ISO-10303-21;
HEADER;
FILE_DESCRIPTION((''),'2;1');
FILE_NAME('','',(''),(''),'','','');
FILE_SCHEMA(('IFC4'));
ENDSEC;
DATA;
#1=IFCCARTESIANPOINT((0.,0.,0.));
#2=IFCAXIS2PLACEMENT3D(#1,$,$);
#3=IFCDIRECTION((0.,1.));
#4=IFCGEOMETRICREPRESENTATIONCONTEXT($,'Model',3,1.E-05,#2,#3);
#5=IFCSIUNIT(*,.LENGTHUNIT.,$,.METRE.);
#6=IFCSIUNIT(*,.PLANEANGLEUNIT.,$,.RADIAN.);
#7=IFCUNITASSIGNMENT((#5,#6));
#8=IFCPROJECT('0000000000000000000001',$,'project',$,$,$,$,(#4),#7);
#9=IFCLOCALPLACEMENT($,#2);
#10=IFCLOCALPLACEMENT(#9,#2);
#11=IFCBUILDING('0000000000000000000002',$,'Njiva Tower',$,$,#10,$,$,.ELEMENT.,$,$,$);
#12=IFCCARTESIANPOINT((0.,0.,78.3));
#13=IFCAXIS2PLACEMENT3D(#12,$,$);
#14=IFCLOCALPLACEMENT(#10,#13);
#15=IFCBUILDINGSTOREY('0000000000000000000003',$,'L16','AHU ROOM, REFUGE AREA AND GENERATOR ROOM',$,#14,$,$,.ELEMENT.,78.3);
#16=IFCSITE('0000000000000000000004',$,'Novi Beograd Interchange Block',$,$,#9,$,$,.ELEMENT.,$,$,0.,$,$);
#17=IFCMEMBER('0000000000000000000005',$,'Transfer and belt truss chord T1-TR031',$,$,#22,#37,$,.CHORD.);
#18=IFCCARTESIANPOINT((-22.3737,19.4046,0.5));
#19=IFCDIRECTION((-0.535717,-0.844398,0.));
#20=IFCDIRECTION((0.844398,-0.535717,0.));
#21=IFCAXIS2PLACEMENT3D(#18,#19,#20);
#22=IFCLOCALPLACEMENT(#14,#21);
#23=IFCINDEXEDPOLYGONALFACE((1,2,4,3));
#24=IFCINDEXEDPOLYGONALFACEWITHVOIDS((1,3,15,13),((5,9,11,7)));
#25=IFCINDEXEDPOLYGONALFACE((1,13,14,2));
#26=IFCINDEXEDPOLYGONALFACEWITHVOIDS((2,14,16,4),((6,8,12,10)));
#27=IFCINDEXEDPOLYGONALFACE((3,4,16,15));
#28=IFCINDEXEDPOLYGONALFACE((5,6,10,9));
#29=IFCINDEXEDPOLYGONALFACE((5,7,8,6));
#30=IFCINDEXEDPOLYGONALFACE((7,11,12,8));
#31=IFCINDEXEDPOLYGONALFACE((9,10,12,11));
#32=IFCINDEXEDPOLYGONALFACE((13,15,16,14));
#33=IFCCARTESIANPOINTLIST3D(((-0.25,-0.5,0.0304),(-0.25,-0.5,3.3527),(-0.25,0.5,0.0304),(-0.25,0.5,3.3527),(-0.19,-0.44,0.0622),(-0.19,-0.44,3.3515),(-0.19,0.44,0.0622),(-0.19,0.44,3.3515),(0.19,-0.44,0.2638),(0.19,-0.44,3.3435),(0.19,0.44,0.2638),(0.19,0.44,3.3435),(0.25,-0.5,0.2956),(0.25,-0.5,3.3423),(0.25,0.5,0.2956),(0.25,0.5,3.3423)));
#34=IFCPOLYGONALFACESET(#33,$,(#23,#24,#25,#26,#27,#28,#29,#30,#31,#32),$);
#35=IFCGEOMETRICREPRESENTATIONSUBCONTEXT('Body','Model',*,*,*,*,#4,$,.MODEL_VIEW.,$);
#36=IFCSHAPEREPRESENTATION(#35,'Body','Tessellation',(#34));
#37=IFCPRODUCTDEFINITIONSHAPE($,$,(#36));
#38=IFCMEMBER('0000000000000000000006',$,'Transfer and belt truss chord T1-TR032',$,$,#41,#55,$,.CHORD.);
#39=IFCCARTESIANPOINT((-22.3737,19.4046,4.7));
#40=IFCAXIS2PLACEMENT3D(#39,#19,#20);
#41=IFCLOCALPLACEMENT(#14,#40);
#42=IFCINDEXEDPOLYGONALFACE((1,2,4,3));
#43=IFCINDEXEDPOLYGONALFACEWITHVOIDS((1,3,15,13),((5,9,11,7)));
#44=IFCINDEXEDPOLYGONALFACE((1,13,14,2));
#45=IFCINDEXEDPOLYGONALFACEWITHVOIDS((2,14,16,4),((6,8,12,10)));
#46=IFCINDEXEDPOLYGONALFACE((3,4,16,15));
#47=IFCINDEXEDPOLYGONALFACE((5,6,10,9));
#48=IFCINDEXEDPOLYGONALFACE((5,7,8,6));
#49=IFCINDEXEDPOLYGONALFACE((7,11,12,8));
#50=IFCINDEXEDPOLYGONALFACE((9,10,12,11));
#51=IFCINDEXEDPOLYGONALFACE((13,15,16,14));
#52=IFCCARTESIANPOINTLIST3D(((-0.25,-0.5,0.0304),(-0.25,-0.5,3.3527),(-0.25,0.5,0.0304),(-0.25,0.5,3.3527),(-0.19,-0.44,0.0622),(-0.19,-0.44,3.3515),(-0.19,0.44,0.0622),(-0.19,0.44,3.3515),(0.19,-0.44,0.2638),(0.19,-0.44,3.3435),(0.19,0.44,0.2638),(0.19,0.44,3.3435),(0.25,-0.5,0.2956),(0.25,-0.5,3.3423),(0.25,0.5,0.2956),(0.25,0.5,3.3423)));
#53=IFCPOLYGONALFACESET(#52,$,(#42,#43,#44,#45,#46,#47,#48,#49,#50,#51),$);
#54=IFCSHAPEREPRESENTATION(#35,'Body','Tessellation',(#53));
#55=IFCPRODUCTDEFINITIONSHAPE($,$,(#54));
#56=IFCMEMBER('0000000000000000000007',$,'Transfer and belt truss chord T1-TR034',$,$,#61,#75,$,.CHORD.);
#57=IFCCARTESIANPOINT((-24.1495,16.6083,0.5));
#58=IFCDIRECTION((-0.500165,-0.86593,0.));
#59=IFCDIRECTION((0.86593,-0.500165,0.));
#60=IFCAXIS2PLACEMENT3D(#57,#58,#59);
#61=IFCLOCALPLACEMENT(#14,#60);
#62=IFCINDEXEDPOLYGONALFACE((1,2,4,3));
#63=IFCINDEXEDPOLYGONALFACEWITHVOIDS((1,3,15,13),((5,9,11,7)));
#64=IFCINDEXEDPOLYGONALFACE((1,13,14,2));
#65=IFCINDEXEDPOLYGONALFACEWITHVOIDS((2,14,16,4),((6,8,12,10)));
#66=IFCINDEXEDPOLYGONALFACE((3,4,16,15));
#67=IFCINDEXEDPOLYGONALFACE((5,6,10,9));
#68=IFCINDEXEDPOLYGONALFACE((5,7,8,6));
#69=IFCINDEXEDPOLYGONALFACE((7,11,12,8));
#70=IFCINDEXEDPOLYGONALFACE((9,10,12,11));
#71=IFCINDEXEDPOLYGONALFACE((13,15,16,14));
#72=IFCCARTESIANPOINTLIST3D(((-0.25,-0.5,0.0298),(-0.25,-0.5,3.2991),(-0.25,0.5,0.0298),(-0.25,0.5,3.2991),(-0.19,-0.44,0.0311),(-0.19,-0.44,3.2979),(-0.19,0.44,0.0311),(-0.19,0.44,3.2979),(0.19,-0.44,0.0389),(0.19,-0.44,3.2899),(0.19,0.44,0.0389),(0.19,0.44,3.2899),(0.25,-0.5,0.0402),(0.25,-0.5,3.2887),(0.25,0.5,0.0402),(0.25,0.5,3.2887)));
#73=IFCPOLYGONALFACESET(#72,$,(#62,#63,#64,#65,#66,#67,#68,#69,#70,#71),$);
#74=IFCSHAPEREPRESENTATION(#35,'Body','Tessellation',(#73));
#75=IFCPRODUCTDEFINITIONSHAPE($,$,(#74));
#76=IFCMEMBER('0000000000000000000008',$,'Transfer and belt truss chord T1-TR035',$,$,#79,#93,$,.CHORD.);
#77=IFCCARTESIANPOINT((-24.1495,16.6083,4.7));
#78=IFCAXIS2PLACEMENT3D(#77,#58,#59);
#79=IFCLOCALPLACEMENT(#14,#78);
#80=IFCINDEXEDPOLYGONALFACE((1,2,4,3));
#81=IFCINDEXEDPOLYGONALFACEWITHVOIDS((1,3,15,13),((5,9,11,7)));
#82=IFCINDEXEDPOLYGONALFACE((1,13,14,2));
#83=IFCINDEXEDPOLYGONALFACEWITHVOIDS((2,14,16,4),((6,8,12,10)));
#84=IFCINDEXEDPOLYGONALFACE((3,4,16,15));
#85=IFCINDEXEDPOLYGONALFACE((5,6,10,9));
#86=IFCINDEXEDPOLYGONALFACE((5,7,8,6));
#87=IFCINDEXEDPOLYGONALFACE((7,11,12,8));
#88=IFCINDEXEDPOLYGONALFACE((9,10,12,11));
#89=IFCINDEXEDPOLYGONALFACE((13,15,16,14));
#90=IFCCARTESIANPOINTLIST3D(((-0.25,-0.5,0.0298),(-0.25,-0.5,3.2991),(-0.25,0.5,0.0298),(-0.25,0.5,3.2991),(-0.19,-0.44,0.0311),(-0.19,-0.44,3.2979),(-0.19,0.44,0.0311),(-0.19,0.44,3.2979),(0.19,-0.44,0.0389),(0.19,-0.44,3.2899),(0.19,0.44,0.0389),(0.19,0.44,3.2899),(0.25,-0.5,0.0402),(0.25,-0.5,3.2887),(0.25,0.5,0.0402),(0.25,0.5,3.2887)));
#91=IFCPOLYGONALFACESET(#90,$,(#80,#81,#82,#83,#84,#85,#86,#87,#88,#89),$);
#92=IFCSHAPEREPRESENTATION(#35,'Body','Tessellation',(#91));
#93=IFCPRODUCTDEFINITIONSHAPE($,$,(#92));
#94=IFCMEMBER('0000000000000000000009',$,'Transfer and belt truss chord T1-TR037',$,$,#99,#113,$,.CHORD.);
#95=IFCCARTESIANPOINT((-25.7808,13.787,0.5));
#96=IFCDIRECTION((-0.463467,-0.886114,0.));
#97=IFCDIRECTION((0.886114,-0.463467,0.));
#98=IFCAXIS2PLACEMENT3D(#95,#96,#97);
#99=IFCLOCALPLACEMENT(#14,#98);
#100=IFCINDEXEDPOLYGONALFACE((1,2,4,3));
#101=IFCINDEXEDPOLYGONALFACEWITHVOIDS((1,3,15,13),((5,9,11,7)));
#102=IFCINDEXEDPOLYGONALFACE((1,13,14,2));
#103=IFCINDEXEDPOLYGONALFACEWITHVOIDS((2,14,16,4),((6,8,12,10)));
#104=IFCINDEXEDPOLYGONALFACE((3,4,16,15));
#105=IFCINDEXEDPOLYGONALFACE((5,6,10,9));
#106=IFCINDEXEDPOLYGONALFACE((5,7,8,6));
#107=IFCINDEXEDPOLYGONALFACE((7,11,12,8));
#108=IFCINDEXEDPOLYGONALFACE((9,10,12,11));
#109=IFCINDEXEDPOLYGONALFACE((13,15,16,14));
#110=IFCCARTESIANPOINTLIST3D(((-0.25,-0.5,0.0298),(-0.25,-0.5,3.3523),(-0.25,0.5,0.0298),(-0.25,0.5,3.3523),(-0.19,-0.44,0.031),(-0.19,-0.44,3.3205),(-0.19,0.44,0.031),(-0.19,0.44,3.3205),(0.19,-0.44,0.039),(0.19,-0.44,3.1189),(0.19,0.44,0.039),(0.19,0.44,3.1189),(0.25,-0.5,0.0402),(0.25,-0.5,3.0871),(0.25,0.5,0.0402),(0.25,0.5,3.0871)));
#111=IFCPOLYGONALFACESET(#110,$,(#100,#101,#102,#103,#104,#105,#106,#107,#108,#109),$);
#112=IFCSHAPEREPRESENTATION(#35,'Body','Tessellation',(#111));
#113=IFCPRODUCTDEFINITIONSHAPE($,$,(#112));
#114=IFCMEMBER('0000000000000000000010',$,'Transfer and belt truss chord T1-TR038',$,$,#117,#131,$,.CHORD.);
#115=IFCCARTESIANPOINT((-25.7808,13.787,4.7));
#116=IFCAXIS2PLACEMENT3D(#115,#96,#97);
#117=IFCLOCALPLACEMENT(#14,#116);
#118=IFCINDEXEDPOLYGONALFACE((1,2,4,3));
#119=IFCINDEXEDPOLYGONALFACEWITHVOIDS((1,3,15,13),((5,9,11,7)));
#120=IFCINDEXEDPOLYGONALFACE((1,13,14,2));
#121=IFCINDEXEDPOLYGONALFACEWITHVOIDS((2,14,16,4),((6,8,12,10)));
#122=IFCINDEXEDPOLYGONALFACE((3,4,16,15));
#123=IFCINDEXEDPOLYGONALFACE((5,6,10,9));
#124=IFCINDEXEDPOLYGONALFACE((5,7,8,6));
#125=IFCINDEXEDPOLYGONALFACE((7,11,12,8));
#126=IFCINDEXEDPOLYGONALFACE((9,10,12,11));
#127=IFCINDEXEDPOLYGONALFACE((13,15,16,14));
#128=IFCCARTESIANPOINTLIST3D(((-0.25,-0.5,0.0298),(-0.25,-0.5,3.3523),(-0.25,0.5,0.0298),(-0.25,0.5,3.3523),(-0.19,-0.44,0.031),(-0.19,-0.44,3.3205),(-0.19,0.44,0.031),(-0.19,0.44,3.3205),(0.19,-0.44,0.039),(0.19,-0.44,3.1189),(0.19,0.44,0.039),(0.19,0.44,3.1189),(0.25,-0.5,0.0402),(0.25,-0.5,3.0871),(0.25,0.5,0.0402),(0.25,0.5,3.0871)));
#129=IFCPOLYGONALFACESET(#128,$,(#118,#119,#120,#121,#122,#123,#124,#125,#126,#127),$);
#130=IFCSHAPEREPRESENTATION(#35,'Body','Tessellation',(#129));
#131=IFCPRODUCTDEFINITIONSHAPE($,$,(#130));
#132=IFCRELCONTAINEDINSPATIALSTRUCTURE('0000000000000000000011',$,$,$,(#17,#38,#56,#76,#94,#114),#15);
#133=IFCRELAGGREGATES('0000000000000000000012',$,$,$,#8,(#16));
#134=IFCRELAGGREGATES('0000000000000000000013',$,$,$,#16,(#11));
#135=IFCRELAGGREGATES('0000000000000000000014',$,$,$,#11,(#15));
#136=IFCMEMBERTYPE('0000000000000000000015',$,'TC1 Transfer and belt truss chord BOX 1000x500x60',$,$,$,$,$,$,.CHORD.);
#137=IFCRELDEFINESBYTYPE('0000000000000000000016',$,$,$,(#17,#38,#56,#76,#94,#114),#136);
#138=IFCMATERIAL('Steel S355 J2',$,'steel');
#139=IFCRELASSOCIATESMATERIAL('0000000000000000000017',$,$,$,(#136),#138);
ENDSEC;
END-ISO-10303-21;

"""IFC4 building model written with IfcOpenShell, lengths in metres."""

from ifc_helpers import new_model, si_unit, direction, frame, origin, origin_2d, place, context, subcontext, project, spatial, hollow_rectangle, extrude, clip, halfspace, material, material_profile, profile_set, type_object, element, save


model = new_model("IFC4")

# Units and contexts
model_context = context("Model", 3, precision=1e-05, world=origin(), true_north=direction((0.0, 1.0)))
body_context = subcontext(model_context, "Body", "Model", "MODEL_VIEW")
ifc_project = project(units=[si_unit("LENGTHUNIT", "METRE"), si_unit("PLANEANGLEUNIT", "RADIAN")], contexts=[model_context])

# Site, building, storey
site_placement = place(None, origin())
site = spatial("IfcSite", under=ifc_project, at=site_placement, Name="Novi Beograd Interchange Block", CompositionType="ELEMENT", RefElevation=0.0)
building_placement = place(site_placement, origin())
building = spatial("IfcBuilding", under=site, at=building_placement, Name="Njiva Tower", CompositionType="ELEMENT")
storey_placement = place(building_placement, frame((0.0, 0.0, 78.3)))
storey = spatial("IfcBuildingStorey", under=building, at=storey_placement, Name="L16", Description="AHU ROOM, REFUGE AREA AND GENERATOR ROOM", CompositionType="ELEMENT", Elevation=78.3)

# Shared definitions
ifc_material_1 = material(Name="Steel S355 J2", Category="steel")

# Members
ifc_material_profile_1 = material_profile(ifc_material_1, hollow_rectangle(XDim=0.5, YDim=1.0, WallThickness=0.06, at=origin_2d()), Name="BOX 1000x500x60")
ifc_profile_set_1 = profile_set([ifc_material_profile_1], Name="Steel S355 J2")
member_type_1 = type_object("IfcMemberType", Name="TC1 Transfer and belt truss chord BOX 1000x500x60", PredefinedType="CHORD", material=ifc_profile_set_1)
member_1_placement = place(storey_placement, frame((-22.3737, 19.4046, 0.5), z_axis=(-0.535717, -0.844398, 0.0), x_axis=(0.844398, -0.535717, 0.0)))
element("IfcMember", 1, at=member_1_placement, inside=storey, type_object=member_type_1, Name="Transfer and belt truss chord T1-TR031", PredefinedType="CHORD", context=body_context, shape_type="Clipping", body=[
    clip(clip(extrude(hollow_rectangle(XDim=0.5, YDim=1.0, WallThickness=0.06, at=origin_2d()), origin(), (0.0, 0.0, 1.0), 3.3825), halfspace(frame((0.0, -78.8, 0.163), z_axis=(0.468613, 0.0, -0.883404), x_axis=(0.0, -1.0, 0.0)), False)), halfspace(frame((0.0, -78.8, 3.3475), z_axis=(0.020785, 0.0, 0.999784), x_axis=(0.0, 1.0, 0.0)), False)),
])
member_2_placement = place(storey_placement, frame((-22.3737, 19.4046, 4.7), z_axis=(-0.535717, -0.844398, 0.0), x_axis=(0.844398, -0.535717, 0.0)))
element("IfcMember", 2, at=member_2_placement, inside=storey, type_object=member_type_1, Name="Transfer and belt truss chord T1-TR032", PredefinedType="CHORD", context=body_context, shape_type="Clipping", body=[
    clip(clip(extrude(hollow_rectangle(XDim=0.5, YDim=1.0, WallThickness=0.06, at=origin_2d()), origin(), (0.0, 0.0, 1.0), 3.3825), halfspace(frame((0.0, -83.0, 0.163), z_axis=(0.468613, 0.0, -0.883404), x_axis=(0.0, -1.0, 0.0)), False)), halfspace(frame((0.0, -83.0, 3.3475), z_axis=(0.020785, 0.0, 0.999784), x_axis=(0.0, 1.0, 0.0)), False)),
])
member_3_placement = place(storey_placement, frame((-24.1495, 16.6083, 0.5), z_axis=(-0.500165, -0.86593, 0.0), x_axis=(0.86593, -0.500165, 0.0)))
element("IfcMember", 3, at=member_3_placement, inside=storey, type_object=member_type_1, Name="Transfer and belt truss chord T1-TR034", PredefinedType="CHORD", context=body_context, shape_type="Clipping", body=[
    clip(clip(extrude(hollow_rectangle(XDim=0.5, YDim=1.0, WallThickness=0.06, at=origin_2d()), origin(), (0.0, 0.0, 1.0), 3.3289), halfspace(frame((0.0, -78.8, 0.035), z_axis=(0.020779, 0.0, -0.999784), x_axis=(0.0, -1.0, 0.0)), False)), halfspace(frame((0.0, -78.8, 3.2939), z_axis=(0.020941, 0.0, 0.999781), x_axis=(0.0, 1.0, 0.0)), False)),
])
member_4_placement = place(storey_placement, frame((-24.1495, 16.6083, 4.7), z_axis=(-0.500165, -0.86593, 0.0), x_axis=(0.86593, -0.500165, 0.0)))
element("IfcMember", 4, at=member_4_placement, inside=storey, type_object=member_type_1, Name="Transfer and belt truss chord T1-TR035", PredefinedType="CHORD", context=body_context, shape_type="Clipping", body=[
    clip(clip(extrude(hollow_rectangle(XDim=0.5, YDim=1.0, WallThickness=0.06, at=origin_2d()), origin(), (0.0, 0.0, 1.0), 3.3289), halfspace(frame((0.0, -83.0, 0.035), z_axis=(0.020779, 0.0, -0.999784), x_axis=(0.0, -1.0, 0.0)), False)), halfspace(frame((0.0, -83.0, 3.2939), z_axis=(0.020941, 0.0, 0.999781), x_axis=(0.0, 1.0, 0.0)), False)),
])
member_5_placement = place(storey_placement, frame((-25.7808, 13.787, 0.5), z_axis=(-0.463467, -0.886114, 0.0), x_axis=(0.886114, -0.463467, 0.0)))
element("IfcMember", 5, at=member_5_placement, inside=storey, type_object=member_type_1, Name="Transfer and belt truss chord T1-TR037", PredefinedType="CHORD", context=body_context, shape_type="Clipping", body=[
    clip(clip(extrude(hollow_rectangle(XDim=0.5, YDim=1.0, WallThickness=0.06, at=origin_2d()), origin(), (0.0, 0.0, 1.0), 3.3827), halfspace(frame((0.0, -78.8, 0.035), z_axis=(0.020942, 0.0, -0.999781), x_axis=(0.0, -1.0, 0.0)), False)), halfspace(frame((0.0, -78.8, 3.2197), z_axis=(0.468687, 0.0, 0.883364), x_axis=(0.0, 1.0, 0.0)), False)),
])
member_6_placement = place(storey_placement, frame((-25.7808, 13.787, 4.7), z_axis=(-0.463467, -0.886114, 0.0), x_axis=(0.886114, -0.463467, 0.0)))
element("IfcMember", 6, at=member_6_placement, inside=storey, type_object=member_type_1, Name="Transfer and belt truss chord T1-TR038", PredefinedType="CHORD", context=body_context, shape_type="Clipping", body=[
    clip(clip(extrude(hollow_rectangle(XDim=0.5, YDim=1.0, WallThickness=0.06, at=origin_2d()), origin(), (0.0, 0.0, 1.0), 3.3827), halfspace(frame((0.0, -83.0, 0.035), z_axis=(0.020942, 0.0, -0.999781), x_axis=(0.0, -1.0, 0.0)), False)), halfspace(frame((0.0, -83.0, 3.2197), z_axis=(0.468687, 0.0, 0.883364), x_axis=(0.0, 1.0, 0.0)), False)),
])

save(model, "model.ifc")
